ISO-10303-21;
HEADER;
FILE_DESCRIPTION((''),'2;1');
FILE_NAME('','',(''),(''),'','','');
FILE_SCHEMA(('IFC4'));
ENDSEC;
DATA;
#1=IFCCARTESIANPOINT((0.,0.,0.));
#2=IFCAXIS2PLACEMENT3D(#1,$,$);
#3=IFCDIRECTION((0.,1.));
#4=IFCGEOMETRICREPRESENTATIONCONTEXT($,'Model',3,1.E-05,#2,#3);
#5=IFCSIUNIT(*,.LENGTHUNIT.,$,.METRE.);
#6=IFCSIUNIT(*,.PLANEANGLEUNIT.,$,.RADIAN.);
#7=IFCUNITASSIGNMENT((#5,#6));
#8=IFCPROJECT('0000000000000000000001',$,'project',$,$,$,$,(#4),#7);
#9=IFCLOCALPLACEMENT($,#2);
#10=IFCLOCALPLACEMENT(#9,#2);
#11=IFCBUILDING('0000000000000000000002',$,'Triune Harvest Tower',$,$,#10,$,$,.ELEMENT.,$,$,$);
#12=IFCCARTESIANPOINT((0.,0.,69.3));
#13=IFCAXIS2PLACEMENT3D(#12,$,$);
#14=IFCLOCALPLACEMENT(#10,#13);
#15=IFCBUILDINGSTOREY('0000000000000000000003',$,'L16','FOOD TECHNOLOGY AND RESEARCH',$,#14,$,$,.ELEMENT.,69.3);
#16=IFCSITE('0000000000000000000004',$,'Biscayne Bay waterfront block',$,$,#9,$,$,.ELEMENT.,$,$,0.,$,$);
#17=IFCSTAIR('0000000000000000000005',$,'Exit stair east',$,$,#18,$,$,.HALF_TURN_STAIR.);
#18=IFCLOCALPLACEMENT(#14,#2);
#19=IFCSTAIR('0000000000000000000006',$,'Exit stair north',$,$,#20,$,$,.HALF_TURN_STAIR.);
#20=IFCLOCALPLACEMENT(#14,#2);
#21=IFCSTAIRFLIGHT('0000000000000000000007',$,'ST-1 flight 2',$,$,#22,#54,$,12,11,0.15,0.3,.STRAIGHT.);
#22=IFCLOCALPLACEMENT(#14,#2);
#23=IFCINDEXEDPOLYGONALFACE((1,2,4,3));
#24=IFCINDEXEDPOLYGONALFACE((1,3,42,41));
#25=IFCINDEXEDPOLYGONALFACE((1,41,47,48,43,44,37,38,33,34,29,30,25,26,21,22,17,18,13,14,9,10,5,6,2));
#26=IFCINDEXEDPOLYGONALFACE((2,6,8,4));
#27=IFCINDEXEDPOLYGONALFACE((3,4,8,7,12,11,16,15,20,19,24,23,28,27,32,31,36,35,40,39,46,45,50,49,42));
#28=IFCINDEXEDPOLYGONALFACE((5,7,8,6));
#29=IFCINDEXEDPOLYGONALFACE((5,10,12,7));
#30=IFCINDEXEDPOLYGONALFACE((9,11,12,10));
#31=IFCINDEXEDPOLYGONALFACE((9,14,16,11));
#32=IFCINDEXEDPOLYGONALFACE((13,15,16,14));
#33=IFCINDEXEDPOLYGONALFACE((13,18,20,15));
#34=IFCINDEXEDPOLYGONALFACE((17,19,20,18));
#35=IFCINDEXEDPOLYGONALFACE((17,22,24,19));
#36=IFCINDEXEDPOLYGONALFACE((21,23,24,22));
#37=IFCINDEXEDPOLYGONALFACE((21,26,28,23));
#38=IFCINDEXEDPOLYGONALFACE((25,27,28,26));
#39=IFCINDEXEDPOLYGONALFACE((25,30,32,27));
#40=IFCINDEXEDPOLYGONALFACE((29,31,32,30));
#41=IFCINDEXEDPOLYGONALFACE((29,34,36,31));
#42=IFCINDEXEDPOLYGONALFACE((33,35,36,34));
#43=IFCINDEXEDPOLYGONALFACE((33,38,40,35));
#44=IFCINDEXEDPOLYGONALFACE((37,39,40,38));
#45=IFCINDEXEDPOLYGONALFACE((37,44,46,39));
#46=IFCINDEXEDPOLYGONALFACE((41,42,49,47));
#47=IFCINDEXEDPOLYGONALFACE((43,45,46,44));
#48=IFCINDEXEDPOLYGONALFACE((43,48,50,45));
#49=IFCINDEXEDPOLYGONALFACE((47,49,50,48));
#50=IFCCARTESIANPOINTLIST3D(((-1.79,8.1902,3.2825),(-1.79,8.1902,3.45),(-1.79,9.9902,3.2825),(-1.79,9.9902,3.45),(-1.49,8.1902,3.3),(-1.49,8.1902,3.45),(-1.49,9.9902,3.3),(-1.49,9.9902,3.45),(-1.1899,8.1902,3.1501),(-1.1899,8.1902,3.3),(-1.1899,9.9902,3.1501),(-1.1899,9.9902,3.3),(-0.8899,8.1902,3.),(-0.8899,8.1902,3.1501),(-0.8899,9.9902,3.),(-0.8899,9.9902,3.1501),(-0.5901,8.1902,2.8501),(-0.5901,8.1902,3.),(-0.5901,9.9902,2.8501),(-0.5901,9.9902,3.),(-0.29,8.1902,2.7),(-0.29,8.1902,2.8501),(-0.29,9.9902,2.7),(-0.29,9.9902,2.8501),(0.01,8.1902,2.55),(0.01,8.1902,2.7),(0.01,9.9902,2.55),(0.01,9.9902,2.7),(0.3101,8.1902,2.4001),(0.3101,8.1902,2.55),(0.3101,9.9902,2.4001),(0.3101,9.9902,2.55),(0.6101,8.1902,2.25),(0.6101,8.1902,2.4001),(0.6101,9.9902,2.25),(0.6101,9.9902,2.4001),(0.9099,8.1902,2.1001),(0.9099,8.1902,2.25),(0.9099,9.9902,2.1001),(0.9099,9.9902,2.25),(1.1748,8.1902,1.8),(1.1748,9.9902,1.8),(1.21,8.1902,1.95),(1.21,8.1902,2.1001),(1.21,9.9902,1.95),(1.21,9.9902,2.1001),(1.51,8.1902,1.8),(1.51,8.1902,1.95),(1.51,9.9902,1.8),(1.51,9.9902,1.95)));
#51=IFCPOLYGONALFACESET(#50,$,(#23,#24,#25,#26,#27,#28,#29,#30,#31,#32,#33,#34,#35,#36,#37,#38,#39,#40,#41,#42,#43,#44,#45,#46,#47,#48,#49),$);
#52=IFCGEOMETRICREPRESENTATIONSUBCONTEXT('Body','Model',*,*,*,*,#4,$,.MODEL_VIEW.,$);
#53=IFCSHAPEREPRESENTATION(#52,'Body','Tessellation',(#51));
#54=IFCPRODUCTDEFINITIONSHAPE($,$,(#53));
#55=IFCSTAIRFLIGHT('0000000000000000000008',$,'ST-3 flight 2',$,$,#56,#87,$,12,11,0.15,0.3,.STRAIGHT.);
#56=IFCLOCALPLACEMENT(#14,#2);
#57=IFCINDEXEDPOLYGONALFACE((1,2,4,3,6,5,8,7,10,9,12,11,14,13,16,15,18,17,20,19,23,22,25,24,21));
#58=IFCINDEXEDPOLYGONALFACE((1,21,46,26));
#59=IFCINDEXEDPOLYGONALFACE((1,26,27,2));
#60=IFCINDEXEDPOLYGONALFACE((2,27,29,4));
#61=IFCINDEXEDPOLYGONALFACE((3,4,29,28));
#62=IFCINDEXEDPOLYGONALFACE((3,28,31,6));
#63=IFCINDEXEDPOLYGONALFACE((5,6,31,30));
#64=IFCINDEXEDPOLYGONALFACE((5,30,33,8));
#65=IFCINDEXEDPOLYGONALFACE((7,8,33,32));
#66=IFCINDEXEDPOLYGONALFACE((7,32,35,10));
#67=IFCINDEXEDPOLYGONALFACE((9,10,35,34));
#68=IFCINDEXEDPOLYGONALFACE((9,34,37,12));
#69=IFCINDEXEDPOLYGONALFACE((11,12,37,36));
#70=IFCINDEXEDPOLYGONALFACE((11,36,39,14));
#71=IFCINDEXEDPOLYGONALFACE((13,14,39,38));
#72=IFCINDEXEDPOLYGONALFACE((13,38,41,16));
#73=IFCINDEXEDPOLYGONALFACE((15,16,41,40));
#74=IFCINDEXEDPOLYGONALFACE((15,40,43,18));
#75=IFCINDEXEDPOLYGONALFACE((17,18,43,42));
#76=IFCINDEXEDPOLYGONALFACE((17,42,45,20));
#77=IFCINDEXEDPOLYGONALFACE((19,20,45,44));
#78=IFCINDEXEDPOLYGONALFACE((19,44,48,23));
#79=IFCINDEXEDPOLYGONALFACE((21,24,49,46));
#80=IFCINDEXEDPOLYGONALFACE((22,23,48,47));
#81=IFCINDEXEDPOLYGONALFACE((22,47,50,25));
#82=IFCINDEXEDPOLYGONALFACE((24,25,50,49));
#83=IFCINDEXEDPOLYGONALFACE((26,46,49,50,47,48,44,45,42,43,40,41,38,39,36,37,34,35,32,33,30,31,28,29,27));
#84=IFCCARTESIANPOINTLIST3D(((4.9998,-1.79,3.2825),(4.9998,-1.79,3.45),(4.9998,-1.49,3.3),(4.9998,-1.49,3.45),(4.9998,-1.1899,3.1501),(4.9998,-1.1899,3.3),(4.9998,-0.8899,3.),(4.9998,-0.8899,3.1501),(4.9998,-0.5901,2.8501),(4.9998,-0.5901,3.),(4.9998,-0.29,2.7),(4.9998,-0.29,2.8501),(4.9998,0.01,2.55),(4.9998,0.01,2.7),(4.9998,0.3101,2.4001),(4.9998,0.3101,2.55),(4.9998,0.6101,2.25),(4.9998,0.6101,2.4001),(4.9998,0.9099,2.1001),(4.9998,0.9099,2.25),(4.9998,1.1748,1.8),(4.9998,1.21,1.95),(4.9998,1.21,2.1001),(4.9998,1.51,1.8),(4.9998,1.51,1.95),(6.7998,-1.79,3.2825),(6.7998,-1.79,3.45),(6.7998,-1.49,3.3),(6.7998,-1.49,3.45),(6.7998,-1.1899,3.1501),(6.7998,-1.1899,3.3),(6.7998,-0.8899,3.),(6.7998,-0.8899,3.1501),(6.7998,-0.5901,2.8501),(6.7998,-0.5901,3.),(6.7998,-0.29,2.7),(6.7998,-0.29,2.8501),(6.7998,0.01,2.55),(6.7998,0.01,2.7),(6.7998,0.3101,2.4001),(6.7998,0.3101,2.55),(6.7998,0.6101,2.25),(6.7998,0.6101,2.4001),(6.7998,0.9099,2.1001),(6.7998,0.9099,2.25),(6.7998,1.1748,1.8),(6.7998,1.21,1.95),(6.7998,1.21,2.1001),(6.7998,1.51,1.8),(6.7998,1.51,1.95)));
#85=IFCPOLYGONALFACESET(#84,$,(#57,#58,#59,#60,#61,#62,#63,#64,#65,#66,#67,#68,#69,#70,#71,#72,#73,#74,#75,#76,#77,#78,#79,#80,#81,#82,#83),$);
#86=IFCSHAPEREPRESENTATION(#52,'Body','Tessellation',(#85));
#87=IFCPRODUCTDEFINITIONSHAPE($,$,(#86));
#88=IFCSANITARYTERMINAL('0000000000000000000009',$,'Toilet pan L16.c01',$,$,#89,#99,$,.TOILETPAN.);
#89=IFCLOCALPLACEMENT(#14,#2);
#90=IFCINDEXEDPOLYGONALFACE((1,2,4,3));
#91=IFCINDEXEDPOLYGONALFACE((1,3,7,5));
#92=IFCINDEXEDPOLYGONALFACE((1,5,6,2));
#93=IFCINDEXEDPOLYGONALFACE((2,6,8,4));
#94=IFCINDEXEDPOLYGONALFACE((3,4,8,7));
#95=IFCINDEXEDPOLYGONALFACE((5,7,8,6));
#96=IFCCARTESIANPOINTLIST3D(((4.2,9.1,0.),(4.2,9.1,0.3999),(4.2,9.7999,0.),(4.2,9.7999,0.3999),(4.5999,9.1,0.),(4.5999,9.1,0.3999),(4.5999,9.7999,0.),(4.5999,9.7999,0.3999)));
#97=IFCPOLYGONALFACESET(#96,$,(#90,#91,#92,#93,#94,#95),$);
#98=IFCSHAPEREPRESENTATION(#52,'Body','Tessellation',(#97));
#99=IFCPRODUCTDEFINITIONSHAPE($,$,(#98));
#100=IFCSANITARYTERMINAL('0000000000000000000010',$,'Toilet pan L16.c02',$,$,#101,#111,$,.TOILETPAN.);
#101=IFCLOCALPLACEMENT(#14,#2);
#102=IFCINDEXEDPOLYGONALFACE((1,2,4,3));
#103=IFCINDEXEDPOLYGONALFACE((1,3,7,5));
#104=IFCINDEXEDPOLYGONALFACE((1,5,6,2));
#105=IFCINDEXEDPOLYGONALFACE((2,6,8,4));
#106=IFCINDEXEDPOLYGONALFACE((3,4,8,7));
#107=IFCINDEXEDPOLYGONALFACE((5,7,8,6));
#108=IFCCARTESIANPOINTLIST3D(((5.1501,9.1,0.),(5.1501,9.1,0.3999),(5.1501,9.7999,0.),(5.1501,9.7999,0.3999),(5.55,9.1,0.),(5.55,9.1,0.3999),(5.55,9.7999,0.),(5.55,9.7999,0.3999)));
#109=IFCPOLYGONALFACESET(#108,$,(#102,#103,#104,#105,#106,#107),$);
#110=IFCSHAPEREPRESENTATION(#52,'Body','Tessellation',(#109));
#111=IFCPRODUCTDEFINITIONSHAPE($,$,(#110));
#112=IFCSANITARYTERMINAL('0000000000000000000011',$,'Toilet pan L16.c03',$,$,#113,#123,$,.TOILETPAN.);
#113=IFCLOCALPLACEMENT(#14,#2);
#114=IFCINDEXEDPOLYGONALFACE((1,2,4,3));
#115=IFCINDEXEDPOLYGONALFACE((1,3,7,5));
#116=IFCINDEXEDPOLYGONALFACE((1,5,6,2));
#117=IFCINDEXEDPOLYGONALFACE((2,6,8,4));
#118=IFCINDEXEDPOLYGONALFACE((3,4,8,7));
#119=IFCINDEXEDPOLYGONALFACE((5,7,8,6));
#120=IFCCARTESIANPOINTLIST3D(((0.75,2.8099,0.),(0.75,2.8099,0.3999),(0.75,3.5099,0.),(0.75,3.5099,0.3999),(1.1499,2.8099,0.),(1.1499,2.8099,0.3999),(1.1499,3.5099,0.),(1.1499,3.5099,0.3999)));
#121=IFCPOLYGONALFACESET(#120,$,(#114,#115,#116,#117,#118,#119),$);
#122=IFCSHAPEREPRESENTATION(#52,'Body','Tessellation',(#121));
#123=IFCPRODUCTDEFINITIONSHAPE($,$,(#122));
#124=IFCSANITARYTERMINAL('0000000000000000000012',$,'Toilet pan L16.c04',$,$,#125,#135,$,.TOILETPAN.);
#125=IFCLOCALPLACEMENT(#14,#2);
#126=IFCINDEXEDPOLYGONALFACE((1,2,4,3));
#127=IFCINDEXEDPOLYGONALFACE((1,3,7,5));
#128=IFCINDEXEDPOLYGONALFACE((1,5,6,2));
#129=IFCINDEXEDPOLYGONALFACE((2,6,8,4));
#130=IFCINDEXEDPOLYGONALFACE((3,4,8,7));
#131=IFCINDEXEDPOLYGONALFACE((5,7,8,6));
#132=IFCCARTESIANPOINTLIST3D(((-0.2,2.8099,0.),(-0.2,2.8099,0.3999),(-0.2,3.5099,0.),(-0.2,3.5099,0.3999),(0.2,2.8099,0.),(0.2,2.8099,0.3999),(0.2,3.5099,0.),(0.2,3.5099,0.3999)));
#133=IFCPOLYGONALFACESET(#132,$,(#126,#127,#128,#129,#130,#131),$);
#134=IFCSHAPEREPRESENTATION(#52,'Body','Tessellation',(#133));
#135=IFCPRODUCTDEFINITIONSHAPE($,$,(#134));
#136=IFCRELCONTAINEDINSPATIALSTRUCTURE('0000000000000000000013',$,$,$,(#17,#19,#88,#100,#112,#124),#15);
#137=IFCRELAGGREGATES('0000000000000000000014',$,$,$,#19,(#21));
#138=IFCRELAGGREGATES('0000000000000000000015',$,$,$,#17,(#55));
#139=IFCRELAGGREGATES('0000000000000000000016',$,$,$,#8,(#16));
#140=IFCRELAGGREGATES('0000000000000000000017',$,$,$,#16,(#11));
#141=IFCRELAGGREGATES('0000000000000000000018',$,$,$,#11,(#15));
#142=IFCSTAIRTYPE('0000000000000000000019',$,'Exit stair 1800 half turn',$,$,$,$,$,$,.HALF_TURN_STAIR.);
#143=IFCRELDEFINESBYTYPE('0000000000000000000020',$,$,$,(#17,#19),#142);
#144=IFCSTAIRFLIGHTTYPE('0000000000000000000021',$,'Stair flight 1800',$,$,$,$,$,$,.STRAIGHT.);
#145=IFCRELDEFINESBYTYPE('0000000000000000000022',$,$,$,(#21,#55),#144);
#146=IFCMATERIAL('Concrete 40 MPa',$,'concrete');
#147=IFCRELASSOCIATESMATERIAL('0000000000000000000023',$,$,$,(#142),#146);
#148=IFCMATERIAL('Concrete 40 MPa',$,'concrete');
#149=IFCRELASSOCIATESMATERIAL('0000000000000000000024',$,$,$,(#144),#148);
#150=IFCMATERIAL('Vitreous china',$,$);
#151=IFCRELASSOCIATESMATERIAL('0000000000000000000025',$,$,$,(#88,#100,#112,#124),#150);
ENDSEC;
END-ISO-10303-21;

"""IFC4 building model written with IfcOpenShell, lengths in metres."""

from ifc_helpers import new_model, si_unit, direction, frame, origin, origin_2d, place, context, subcontext, project, spatial, polyline, rectangle, outline, extrude, source, transform, mapped, material, type_object, element, aggregate, save


model = new_model("IFC4")

# Units and contexts
model_context = context("Model", 3, precision=1e-05, world=origin(), true_north=direction((0.0, 1.0)))
body_context = subcontext(model_context, "Body", "Model", "MODEL_VIEW")
ifc_project = project(units=[si_unit("LENGTHUNIT", "METRE"), si_unit("PLANEANGLEUNIT", "RADIAN")], contexts=[model_context])

# Site, building, storey
site_placement = place(None, origin())
site = spatial("IfcSite", under=ifc_project, at=site_placement, Name="Biscayne Bay waterfront block", CompositionType="ELEMENT", RefElevation=0.0)
building_placement = place(site_placement, origin())
building = spatial("IfcBuilding", under=site, at=building_placement, Name="Triune Harvest Tower", CompositionType="ELEMENT")
storey_placement = place(building_placement, frame((0.0, 0.0, 69.3)))
storey = spatial("IfcBuildingStorey", under=building, at=storey_placement, Name="L16", Description="FOOD TECHNOLOGY AND RESEARCH", CompositionType="ELEMENT", Elevation=69.3)

# Shared definitions
ifc_material_1 = material(Name="Concrete 40 MPa", Category="concrete")
stair_type = type_object("IfcStairType", Name="Exit stair 1800 half turn", PredefinedType="HALF_TURN_STAIR", material=ifc_material_1)

# Stair
stair_1_placement = place(storey_placement, origin())
stair_1 = element("IfcStair", 1, at=stair_1_placement, inside=storey, type_object=stair_type, Name="Exit stair east", PredefinedType="HALF_TURN_STAIR")

# Stair, stair flight
stair_2_placement = place(storey_placement, origin())
stair_2 = element("IfcStair", 2, at=stair_2_placement, inside=storey, type_object=stair_type, Name="Exit stair north", PredefinedType="HALF_TURN_STAIR")
ifc_material_2 = material(Name="Concrete 40 MPa", Category="concrete")
stair_flight_type = type_object("IfcStairFlightType", Name="Stair flight 1800", PredefinedType="STRAIGHT", material=ifc_material_2)
shared_shape_1 = source(origin(), body_context, "Body", "SweptSolid", [
    extrude(outline(polyline([(0.0, 0.0), (0.0, 0.1499), (0.3, 0.1499), (0.3, 0.3), (0.6001, 0.3), (0.6001, 0.45), (0.8999, 0.45), (0.8999, 0.6001), (1.2, 0.6001), (1.2, 0.75), (1.5, 0.75), (1.5, 0.8999), (1.8, 0.8999), (1.8, 1.05), (2.1001, 1.05), (2.1001, 1.2), (2.3999, 1.2), (2.3999, 1.3501), (2.7, 1.3501), (2.7, 1.5), (3.0, 1.5), (3.0, 1.6499), (3.3, 1.6499), (3.3, 1.8), (3.3, 1.4824), (0.3352, 0.0), (0.0, 0.0)])), frame((0.0, 0.8999, 0.0), z_axis=(0.0, -1.0, 0.0), x_axis=(1.0, 0.0, 0.0)), (0.0, 0.0, 1.0), 1.8),
])
stair_flight_1_placement = place(storey_placement, frame((1.51, 9.0901, 1.8), z_axis=(0.0, 0.0, 1.0), x_axis=(-1.0, 0.0, 0.0)))
stair_flight_1 = element("IfcStairFlight", 3, at=stair_flight_1_placement, type_object=stair_flight_type, Name="ST-1 flight 2", NumberOfRisers=12, NumberOfTreads=11, PredefinedType="STRAIGHT", RiserHeight=0.15, TreadLength=0.3, context=body_context, shape_type="MappedRepresentation", body=[
    mapped(shared_shape_1, transform((0.0, 0.0, 0.0), scale=1.0)),
])
aggregate(stair_2, [stair_flight_1])

# Stair flight
stair_flight_2_placement = place(storey_placement, frame((5.8999, 1.51, 1.8), z_axis=(0.0, 0.0, 1.0), x_axis=(0.0, -1.0, 0.0)))
stair_flight_2 = element("IfcStairFlight", 4, at=stair_flight_2_placement, type_object=stair_flight_type, Name="ST-3 flight 2", NumberOfRisers=12, NumberOfTreads=11, PredefinedType="STRAIGHT", RiserHeight=0.15, TreadLength=0.3, context=body_context, shape_type="MappedRepresentation", body=[
    mapped(shared_shape_1, transform((0.0, 0.0, 0.0), scale=1.0)),
])
aggregate(stair_1, [stair_flight_2])

# Sanitary terminals
ifc_material_3 = material(Name="Vitreous china")
shared_shape_2 = source(origin(), body_context, "Body", "SweptSolid", [
    extrude(rectangle(XDim=0.3999, YDim=0.7, at=origin_2d()), origin(), (0.0, 0.0, 1.0), 0.3999),
])
for number, where, z_axis, x_axis, name in (
    (5, (4.3999, 9.45, 0.0), (0.0, 0.0, 1.0), (1.0, 0.0, 0.0), "Toilet pan L16.c01"),
    (6, (5.3501, 9.45, 0.0), (0.0, 0.0, 1.0), (1.0, 0.0, 0.0), "Toilet pan L16.c02"),
    (7, (0.95, 3.1599, 0.0), (0.0, 0.0, 1.0), (-1.0, 0.0, 0.0), "Toilet pan L16.c03"),
    (8, (0.0, 3.1599, 0.0), (0.0, 0.0, 1.0), (-1.0, 0.0, 0.0), "Toilet pan L16.c04"),
):
    element("IfcSanitaryTerminal", number, at=place(storey_placement, frame(where, z_axis=z_axis, x_axis=x_axis)), inside=storey, material=ifc_material_3, Name=name, PredefinedType="TOILETPAN", context=body_context, shape_type="MappedRepresentation", body=[
        mapped(shared_shape_2, transform((0.0, 0.0, 0.0), scale=1.0)),
    ])

save(model, "model.ifc")
